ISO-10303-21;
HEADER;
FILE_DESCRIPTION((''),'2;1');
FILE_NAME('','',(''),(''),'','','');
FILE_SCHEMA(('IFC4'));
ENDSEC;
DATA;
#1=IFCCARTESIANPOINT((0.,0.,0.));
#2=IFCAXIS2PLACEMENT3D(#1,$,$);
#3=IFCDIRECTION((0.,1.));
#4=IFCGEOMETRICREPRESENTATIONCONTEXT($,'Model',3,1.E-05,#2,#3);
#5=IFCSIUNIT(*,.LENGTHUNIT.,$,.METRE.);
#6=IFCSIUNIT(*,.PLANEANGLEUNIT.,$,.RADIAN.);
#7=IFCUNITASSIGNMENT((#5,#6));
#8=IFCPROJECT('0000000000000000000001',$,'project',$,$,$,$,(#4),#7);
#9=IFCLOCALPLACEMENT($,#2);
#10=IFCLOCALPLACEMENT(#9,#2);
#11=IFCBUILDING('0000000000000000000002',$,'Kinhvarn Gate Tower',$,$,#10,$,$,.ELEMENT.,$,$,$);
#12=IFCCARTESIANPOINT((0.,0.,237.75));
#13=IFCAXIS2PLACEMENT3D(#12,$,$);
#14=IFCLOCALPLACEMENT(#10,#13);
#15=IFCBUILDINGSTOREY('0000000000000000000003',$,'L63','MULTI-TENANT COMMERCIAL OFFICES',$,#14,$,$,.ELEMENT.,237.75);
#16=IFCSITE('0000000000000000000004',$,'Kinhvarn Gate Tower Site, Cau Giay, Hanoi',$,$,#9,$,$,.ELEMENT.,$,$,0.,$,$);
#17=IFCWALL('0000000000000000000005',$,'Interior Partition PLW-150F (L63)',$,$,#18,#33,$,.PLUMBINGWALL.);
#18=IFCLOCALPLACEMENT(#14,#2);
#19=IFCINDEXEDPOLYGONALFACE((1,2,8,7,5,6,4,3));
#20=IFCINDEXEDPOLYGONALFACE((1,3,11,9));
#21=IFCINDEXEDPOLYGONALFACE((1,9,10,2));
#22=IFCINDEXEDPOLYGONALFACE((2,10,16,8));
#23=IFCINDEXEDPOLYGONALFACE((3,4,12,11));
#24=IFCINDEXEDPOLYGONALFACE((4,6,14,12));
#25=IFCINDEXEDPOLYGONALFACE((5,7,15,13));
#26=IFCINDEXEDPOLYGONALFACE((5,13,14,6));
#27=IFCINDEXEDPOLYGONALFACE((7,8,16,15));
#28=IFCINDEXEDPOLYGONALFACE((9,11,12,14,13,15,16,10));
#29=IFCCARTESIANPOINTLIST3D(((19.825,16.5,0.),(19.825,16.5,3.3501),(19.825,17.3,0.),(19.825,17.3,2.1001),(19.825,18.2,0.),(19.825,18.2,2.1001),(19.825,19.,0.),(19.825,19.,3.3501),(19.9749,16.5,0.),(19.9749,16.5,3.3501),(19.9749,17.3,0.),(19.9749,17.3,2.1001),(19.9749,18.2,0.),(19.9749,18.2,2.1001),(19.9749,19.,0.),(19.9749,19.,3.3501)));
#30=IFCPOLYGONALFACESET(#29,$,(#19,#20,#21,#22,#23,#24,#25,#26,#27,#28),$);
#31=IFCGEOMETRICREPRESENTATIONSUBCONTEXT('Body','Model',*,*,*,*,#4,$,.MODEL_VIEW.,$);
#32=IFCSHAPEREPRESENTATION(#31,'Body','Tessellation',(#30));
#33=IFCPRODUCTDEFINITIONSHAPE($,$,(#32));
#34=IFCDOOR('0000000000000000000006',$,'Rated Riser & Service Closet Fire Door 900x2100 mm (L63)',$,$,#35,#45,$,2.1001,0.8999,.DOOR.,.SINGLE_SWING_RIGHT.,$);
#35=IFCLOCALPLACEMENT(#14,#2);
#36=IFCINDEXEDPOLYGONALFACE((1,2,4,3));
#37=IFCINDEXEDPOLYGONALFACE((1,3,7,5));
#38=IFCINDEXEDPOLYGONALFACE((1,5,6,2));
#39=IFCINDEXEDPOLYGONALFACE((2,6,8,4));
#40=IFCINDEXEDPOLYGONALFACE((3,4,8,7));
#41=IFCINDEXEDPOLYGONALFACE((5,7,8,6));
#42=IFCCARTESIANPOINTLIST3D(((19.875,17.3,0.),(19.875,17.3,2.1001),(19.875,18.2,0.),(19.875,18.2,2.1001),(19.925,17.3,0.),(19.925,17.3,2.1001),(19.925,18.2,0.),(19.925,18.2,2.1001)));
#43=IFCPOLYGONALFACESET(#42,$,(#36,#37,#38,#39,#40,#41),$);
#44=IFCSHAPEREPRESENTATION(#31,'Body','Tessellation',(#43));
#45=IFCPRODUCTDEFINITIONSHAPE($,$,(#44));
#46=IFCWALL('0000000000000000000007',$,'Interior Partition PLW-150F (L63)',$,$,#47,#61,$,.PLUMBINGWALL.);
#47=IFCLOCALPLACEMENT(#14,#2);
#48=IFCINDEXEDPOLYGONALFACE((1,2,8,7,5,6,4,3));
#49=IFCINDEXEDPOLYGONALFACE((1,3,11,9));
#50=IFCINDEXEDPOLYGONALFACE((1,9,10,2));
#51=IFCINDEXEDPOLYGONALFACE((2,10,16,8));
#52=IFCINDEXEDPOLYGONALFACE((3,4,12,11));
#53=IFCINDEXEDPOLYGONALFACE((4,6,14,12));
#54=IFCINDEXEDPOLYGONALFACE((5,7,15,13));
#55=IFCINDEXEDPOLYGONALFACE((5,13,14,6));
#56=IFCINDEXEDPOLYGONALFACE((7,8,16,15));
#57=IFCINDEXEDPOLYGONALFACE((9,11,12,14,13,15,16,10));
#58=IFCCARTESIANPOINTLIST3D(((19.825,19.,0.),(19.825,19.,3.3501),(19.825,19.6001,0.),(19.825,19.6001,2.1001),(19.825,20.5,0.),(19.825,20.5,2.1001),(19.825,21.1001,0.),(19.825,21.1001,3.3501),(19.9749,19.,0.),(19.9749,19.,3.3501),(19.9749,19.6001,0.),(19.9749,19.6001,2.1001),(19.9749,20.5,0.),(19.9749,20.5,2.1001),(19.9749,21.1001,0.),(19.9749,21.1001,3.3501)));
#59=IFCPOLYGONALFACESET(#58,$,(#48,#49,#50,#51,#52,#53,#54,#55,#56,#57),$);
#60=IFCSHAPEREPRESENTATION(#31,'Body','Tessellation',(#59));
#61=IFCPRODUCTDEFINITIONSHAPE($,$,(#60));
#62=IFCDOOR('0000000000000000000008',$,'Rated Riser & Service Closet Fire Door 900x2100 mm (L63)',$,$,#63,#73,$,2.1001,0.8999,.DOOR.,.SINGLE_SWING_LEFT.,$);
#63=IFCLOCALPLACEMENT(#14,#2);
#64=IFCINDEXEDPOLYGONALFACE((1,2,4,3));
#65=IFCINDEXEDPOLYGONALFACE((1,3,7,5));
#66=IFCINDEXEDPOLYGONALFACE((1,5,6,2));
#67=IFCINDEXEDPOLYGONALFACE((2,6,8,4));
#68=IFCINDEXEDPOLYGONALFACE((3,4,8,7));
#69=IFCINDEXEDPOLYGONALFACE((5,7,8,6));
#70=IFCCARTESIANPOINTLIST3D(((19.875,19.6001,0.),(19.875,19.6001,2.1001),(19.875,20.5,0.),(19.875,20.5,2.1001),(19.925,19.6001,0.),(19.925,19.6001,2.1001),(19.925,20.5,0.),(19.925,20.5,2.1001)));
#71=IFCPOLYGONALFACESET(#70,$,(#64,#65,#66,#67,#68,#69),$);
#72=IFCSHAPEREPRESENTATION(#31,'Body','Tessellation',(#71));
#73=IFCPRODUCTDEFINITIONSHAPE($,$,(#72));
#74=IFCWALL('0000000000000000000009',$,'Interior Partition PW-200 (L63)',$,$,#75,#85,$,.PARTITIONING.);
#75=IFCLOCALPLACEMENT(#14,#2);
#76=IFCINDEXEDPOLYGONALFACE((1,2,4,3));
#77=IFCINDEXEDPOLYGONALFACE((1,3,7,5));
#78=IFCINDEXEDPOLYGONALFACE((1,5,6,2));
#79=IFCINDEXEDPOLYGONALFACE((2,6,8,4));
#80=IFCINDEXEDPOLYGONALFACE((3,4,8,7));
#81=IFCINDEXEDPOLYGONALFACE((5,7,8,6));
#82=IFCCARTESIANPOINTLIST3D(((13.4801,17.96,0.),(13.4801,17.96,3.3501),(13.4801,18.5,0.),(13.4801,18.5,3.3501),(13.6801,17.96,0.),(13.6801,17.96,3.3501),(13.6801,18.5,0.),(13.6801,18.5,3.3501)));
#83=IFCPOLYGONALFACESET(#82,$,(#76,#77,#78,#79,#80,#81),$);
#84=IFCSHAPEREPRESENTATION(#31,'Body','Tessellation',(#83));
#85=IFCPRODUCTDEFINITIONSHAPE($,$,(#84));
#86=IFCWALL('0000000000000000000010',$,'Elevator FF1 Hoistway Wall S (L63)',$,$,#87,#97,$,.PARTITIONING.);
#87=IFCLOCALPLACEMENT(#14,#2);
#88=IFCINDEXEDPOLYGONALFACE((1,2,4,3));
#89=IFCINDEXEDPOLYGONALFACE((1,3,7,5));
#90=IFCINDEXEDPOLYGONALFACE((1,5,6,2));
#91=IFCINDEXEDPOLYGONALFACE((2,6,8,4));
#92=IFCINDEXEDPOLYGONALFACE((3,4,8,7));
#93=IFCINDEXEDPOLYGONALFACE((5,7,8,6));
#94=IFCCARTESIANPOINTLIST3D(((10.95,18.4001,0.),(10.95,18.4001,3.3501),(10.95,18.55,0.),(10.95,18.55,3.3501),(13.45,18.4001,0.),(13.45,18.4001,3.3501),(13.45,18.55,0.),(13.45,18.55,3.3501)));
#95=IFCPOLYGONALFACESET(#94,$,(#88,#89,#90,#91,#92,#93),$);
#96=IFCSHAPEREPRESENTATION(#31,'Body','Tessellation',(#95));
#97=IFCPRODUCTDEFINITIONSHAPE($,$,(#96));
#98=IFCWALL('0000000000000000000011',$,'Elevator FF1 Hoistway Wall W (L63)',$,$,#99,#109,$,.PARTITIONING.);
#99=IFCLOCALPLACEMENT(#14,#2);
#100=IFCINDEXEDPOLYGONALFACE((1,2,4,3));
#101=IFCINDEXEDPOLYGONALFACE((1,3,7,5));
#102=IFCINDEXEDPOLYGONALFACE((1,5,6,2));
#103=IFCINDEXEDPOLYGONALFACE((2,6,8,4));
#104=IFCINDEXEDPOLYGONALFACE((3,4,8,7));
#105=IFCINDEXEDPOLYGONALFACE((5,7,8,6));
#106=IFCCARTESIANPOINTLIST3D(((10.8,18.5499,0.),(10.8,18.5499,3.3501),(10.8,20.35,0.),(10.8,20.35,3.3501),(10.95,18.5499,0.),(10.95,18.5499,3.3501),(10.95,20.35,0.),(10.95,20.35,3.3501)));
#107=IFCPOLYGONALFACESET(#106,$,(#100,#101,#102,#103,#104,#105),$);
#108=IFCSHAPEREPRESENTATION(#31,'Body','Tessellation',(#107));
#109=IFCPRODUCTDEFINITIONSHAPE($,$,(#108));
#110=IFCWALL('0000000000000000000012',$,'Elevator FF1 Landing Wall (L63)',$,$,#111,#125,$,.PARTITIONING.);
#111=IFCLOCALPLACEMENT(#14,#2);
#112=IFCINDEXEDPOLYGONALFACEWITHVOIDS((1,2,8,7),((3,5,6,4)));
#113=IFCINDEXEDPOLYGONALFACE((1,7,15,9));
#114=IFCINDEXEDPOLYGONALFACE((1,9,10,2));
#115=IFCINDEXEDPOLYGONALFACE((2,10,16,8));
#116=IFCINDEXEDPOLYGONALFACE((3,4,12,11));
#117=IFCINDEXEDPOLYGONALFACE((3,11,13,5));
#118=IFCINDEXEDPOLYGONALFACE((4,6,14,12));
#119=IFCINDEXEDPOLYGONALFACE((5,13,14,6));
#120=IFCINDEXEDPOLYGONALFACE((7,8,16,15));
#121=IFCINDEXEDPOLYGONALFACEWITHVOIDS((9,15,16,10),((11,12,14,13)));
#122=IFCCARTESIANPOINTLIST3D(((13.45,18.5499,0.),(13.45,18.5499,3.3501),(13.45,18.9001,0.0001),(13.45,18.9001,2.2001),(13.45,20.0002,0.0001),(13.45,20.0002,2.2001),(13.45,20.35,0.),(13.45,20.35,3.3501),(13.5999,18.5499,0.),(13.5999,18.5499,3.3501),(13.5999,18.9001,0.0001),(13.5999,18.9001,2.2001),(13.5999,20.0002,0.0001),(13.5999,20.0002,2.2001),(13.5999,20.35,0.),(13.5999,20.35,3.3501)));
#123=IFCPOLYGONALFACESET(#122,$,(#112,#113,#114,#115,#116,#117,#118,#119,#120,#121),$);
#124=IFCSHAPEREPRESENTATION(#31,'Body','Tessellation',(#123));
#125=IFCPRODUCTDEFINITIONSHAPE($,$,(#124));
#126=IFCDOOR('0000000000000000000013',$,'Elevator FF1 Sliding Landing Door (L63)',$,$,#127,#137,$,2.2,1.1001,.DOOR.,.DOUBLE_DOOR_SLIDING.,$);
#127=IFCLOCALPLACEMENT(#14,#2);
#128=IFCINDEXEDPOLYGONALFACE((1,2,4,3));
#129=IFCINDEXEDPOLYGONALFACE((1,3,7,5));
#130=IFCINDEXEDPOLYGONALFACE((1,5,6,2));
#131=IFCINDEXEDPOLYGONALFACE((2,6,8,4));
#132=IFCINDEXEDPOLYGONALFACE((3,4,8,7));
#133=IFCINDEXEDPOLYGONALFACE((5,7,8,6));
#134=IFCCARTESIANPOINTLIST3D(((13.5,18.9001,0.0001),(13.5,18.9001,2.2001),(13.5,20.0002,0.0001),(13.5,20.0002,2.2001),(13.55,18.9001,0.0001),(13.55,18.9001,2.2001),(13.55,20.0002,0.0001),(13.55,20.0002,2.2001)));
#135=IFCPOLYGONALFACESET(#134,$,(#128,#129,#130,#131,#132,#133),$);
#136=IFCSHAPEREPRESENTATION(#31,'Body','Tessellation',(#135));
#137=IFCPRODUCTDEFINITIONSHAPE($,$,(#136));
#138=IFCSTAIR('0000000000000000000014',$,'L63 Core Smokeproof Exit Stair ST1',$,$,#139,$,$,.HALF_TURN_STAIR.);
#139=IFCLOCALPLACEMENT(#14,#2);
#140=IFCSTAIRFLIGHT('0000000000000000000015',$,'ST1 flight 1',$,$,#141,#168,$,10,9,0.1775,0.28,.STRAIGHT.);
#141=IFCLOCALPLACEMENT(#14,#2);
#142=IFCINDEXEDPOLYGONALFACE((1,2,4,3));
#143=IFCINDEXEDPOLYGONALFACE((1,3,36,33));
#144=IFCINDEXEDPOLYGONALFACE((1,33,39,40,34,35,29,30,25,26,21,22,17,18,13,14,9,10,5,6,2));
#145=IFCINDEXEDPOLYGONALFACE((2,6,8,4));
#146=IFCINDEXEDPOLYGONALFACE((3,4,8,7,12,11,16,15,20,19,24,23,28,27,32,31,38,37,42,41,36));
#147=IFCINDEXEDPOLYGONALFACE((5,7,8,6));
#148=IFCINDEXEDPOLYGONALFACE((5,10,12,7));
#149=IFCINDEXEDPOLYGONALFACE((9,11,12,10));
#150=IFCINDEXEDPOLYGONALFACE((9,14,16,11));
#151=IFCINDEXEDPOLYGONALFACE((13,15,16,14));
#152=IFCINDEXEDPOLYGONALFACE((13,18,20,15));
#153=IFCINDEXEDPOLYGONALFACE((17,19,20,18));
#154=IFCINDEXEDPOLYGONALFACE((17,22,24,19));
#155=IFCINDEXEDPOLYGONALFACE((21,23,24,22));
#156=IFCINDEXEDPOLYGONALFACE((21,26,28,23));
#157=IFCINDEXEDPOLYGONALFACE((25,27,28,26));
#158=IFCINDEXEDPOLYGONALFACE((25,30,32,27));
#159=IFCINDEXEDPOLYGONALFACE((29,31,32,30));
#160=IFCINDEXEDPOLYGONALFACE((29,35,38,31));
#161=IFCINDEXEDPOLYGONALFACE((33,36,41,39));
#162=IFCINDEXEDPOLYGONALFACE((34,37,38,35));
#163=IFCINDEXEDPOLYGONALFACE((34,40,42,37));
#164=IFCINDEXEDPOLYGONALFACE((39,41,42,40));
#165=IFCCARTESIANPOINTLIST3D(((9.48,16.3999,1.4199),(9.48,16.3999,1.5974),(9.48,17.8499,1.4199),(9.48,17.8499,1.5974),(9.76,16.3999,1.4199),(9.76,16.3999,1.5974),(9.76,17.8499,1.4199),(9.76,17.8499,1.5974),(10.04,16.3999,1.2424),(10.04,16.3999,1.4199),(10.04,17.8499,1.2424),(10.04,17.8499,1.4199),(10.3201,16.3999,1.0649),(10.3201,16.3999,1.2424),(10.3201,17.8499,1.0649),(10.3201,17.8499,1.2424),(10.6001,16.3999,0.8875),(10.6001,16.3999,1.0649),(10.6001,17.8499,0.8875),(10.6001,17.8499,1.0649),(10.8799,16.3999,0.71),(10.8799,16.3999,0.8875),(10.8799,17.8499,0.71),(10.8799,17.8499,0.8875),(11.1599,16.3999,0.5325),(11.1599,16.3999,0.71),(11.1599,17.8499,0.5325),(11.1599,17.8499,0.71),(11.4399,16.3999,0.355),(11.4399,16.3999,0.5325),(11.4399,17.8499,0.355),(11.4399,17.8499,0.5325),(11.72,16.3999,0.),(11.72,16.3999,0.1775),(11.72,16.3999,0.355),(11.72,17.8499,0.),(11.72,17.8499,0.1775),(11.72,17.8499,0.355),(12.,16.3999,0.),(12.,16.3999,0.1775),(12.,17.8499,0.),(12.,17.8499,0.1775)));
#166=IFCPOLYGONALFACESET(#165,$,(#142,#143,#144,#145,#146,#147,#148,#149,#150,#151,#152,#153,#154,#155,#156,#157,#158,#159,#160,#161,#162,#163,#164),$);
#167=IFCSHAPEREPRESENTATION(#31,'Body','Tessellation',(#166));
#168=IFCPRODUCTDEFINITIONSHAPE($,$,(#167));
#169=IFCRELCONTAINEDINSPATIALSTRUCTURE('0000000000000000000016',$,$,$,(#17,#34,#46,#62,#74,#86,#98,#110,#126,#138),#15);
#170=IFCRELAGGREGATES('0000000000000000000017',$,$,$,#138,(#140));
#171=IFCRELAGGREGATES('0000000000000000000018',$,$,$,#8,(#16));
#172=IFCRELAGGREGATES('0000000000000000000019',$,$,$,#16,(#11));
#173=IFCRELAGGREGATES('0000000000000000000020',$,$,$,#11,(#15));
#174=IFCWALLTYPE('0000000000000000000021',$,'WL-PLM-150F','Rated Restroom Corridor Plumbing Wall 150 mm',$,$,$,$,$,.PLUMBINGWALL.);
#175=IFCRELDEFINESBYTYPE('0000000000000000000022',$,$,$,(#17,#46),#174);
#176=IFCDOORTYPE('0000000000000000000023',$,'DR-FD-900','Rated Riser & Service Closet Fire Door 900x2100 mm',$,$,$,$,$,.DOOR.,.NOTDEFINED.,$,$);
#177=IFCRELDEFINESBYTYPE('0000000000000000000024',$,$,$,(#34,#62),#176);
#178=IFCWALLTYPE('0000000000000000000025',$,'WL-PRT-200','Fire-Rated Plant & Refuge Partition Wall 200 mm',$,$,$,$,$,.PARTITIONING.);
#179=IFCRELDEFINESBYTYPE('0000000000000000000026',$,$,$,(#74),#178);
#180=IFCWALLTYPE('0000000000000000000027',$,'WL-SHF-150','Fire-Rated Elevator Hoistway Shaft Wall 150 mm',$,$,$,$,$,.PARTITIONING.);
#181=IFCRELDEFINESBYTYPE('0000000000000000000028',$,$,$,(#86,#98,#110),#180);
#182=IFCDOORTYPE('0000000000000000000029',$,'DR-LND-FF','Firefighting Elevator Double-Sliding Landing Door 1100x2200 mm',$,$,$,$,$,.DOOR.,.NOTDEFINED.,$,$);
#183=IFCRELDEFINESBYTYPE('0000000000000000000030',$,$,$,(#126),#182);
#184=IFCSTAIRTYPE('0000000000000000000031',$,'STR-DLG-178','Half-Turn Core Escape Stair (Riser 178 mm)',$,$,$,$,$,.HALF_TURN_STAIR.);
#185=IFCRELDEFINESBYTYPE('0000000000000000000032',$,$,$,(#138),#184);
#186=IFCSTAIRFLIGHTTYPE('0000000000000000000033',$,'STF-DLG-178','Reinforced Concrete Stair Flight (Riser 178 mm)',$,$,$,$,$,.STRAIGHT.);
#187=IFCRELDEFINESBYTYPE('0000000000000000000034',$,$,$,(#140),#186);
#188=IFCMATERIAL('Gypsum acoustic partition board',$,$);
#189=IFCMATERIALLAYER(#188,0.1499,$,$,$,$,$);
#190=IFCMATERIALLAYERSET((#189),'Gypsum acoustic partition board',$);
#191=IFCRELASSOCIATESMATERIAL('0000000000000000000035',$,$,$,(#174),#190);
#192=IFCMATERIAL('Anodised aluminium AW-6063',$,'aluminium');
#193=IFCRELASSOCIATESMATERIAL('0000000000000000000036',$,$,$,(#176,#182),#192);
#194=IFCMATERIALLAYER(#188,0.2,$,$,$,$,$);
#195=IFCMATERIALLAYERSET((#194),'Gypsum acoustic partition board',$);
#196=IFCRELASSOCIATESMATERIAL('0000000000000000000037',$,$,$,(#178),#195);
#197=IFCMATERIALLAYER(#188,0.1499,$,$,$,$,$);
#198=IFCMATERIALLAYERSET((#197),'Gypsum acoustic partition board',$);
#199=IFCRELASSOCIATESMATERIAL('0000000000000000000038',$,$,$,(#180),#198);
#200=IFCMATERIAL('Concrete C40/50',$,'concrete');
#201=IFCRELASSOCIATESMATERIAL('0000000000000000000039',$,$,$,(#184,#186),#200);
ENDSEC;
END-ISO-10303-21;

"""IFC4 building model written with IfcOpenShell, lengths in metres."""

from ifc_helpers import new_model, si_unit, direction, frame, frame_2d, origin, place, context, subcontext, project, spatial, polyline, rectangle, outline, extrude, material, layer, layer_set, type_object, element, fill, aggregate, save


model = new_model("IFC4")

# Units and contexts
model_context = context("Model", 3, precision=1e-05, world=origin(), true_north=direction((0.0, 1.0)))
body_context = subcontext(model_context, "Body", "Model", "MODEL_VIEW")
ifc_project = project(units=[si_unit("LENGTHUNIT", "METRE"), si_unit("PLANEANGLEUNIT", "RADIAN")], contexts=[model_context])

# Site, building, storey
site_placement = place(None, origin())
site = spatial("IfcSite", under=ifc_project, at=site_placement, Name="Kinhvarn Gate Tower Site, Cau Giay, Hanoi", CompositionType="ELEMENT", RefElevation=0.0)
building_placement = place(site_placement, origin())
building = spatial("IfcBuilding", under=site, at=building_placement, Name="Kinhvarn Gate Tower", CompositionType="ELEMENT")
storey_placement = place(building_placement, frame((0.0, 0.0, 237.75)))
storey = spatial("IfcBuildingStorey", under=building, at=storey_placement, Name="L63", Description="MULTI-TENANT COMMERCIAL OFFICES", CompositionType="ELEMENT", Elevation=237.75)

# Shared definitions
ifc_material_1 = material(Name="Anodised aluminium AW-6063", Category="aluminium")

# Shared definitions
ifc_material_2 = material(Name="Gypsum acoustic partition board")

# Walls, openings, doors
ifc_layer_1 = layer(ifc_material_2, 0.1499)
ifc_layer_set_1 = layer_set([ifc_layer_1], Name="Gypsum acoustic partition board")
wall_type_1 = type_object("IfcWallType", Name="WL-PLM-150F", Description="Rated Restroom Corridor Plumbing Wall 150 mm", PredefinedType="PLUMBINGWALL", material=ifc_layer_set_1)
door_type_1 = type_object("IfcDoorType", Name="DR-FD-900", Description="Rated Riser & Service Closet Fire Door 900x2100 mm", OperationType="NOTDEFINED", PredefinedType="DOOR", material=ifc_material_1)
wall_1_placement = place(storey_placement, frame((19.8999, 16.5, 0.0), z_axis=(0.0, 0.0, 1.0), x_axis=(0.0, 1.0, 0.0)))
wall_1 = element("IfcWall", 1, at=wall_1_placement, inside=storey, type_object=wall_type_1, Name="Interior Partition PLW-150F (L63)", PredefinedType="PLUMBINGWALL", context=body_context, shape_type="SweptSolid", body=[
    extrude(rectangle(XDim=2.5, YDim=0.1499, at=frame_2d((1.25, 0.0))), origin(), (0.0, 0.0, 1.0), 3.3501),
])
opening_1_placement = place(wall_1_placement, frame((0.8, 0.0, 0.0)))
opening_1 = element("IfcOpeningElement", 2, at=opening_1_placement, cuts=wall_1, PredefinedType="OPENING", context=body_context, shape_type="SweptSolid", body=[
    extrude(rectangle(XDim=0.8999, YDim=2.1001, at=frame_2d((0.45, 1.05))), frame((0.0, 0.085, 0.0), z_axis=(0.0, -1.0, 0.0), x_axis=(1.0, 0.0, 0.0)), (0.0, 0.0, 1.0), 0.1699),
])
door_1_placement = place(opening_1_placement, origin())
door_1 = element("IfcDoor", 3, at=door_1_placement, inside=storey, type_object=door_type_1, Name="Rated Riser & Service Closet Fire Door 900x2100 mm (L63)", OperationType="SINGLE_SWING_RIGHT", OverallHeight=2.1001, OverallWidth=0.8999, PredefinedType="DOOR", context=body_context, shape_type="SweptSolid", body=[
    extrude(rectangle(XDim=0.8999, YDim=2.1001, at=frame_2d((0.45, 1.05))), frame((0.0, 0.0249, 0.0), z_axis=(0.0, -1.0, 0.0), x_axis=(1.0, 0.0, 0.0)), (0.0, 0.0, 1.0), 0.05),
])
fill(opening_1, door_1)
wall_2_placement = place(storey_placement, frame((19.8999, 19.0, 0.0), z_axis=(0.0, 0.0, 1.0), x_axis=(0.0, 1.0, 0.0)))
wall_2 = element("IfcWall", 4, at=wall_2_placement, inside=storey, type_object=wall_type_1, Name="Interior Partition PLW-150F (L63)", PredefinedType="PLUMBINGWALL", context=body_context, shape_type="SweptSolid", body=[
    extrude(rectangle(XDim=2.1001, YDim=0.1499, at=frame_2d((1.05, 0.0))), origin(), (0.0, 0.0, 1.0), 3.3501),
])
opening_2_placement = place(wall_2_placement, frame((0.6001, 0.0, 0.0)))
opening_2 = element("IfcOpeningElement", 5, at=opening_2_placement, cuts=wall_2, PredefinedType="OPENING", context=body_context, shape_type="SweptSolid", body=[
    extrude(rectangle(XDim=0.8999, YDim=2.1001, at=frame_2d((0.45, 1.05))), frame((0.0, 0.085, 0.0), z_axis=(0.0, -1.0, 0.0), x_axis=(1.0, 0.0, 0.0)), (0.0, 0.0, 1.0), 0.1699),
])
door_2_placement = place(opening_2_placement, origin())
door_2 = element("IfcDoor", 6, at=door_2_placement, inside=storey, type_object=door_type_1, Name="Rated Riser & Service Closet Fire Door 900x2100 mm (L63)", OperationType="SINGLE_SWING_LEFT", OverallHeight=2.1001, OverallWidth=0.8999, PredefinedType="DOOR", context=body_context, shape_type="SweptSolid", body=[
    extrude(rectangle(XDim=0.8999, YDim=2.1001, at=frame_2d((0.45, 1.05))), frame((0.0, 0.0249, 0.0), z_axis=(0.0, -1.0, 0.0), x_axis=(1.0, 0.0, 0.0)), (0.0, 0.0, 1.0), 0.05),
])
fill(opening_2, door_2)

# Walls
ifc_layer_2 = layer(ifc_material_2, 0.2)
ifc_layer_set_2 = layer_set([ifc_layer_2], Name="Gypsum acoustic partition board")
wall_type_2 = type_object("IfcWallType", Name="WL-PRT-200", Description="Fire-Rated Plant & Refuge Partition Wall 200 mm", PredefinedType="PARTITIONING", material=ifc_layer_set_2)
wall_3_placement = place(storey_placement, frame((13.5801, 17.96, 0.0), z_axis=(0.0, 0.0, 1.0), x_axis=(0.0, 1.0, 0.0)))
element("IfcWall", 7, at=wall_3_placement, inside=storey, type_object=wall_type_2, Name="Interior Partition PW-200 (L63)", PredefinedType="PARTITIONING", context=body_context, shape_type="SweptSolid", body=[
    extrude(rectangle(XDim=0.54, YDim=0.2, at=frame_2d((0.27, 0.0))), origin(), (0.0, 0.0, 1.0), 3.3501),
])
ifc_layer_3 = layer(ifc_material_2, 0.1499)
ifc_layer_set_3 = layer_set([ifc_layer_3], Name="Gypsum acoustic partition board")
wall_type_3 = type_object("IfcWallType", Name="WL-SHF-150", Description="Fire-Rated Elevator Hoistway Shaft Wall 150 mm", PredefinedType="PARTITIONING", material=ifc_layer_set_3)
wall_4_placement = place(storey_placement, frame((10.95, 18.4751, 0.0), z_axis=(0.0, 0.0, 1.0), x_axis=(1.0, 0.0, 0.0)))
element("IfcWall", 8, at=wall_4_placement, inside=storey, type_object=wall_type_3, Name="Elevator FF1 Hoistway Wall S (L63)", PredefinedType="PARTITIONING", context=body_context, shape_type="SweptSolid", body=[
    extrude(rectangle(XDim=2.5, YDim=0.1499, at=frame_2d((1.25, 0.0))), origin(), (0.0, 0.0, 1.0), 3.3501),
])
wall_5_placement = place(storey_placement, frame((10.875, 18.55, 0.0), z_axis=(0.0, 0.0, 1.0), x_axis=(0.0, 1.0, 0.0)))
element("IfcWall", 9, at=wall_5_placement, inside=storey, type_object=wall_type_3, Name="Elevator FF1 Hoistway Wall W (L63)", PredefinedType="PARTITIONING", context=body_context, shape_type="SweptSolid", body=[
    extrude(rectangle(XDim=1.8, YDim=0.1499, at=frame_2d((0.8999, 0.0))), origin(), (0.0, 0.0, 1.0), 3.3501),
])

# Wall, opening, door
wall_6_placement = place(storey_placement, frame((13.5249, 18.55, 0.0), z_axis=(0.0, 0.0, 1.0), x_axis=(0.0, 1.0, 0.0)))
wall_6 = element("IfcWall", 10, at=wall_6_placement, inside=storey, type_object=wall_type_3, Name="Elevator FF1 Landing Wall (L63)", PredefinedType="PARTITIONING", context=body_context, shape_type="SweptSolid", body=[
    extrude(rectangle(XDim=1.8, YDim=0.1499, at=frame_2d((0.8999, 0.0))), origin(), (0.0, 0.0, 1.0), 3.3501),
])
opening_3_placement = place(wall_6_placement, frame((0.3501, 0.0, 0.0)))
opening_3 = element("IfcOpeningElement", 11, at=opening_3_placement, cuts=wall_6, PredefinedType="OPENING", context=body_context, shape_type="SweptSolid", body=[
    extrude(rectangle(XDim=1.1001, YDim=2.2, at=frame_2d((0.55, 1.1001))), frame((0.0, 0.085, 0.0), z_axis=(0.0, -1.0, 0.0), x_axis=(1.0, 0.0, 0.0)), (0.0, 0.0, 1.0), 0.1699),
])
door_type_2 = type_object("IfcDoorType", Name="DR-LND-FF", Description="Firefighting Elevator Double-Sliding Landing Door 1100x2200 mm", OperationType="NOTDEFINED", PredefinedType="DOOR", material=ifc_material_1)
door_3_placement = place(opening_3_placement, origin())
door_3 = element("IfcDoor", 12, at=door_3_placement, inside=storey, type_object=door_type_2, Name="Elevator FF1 Sliding Landing Door (L63)", OperationType="DOUBLE_DOOR_SLIDING", OverallHeight=2.2, OverallWidth=1.1001, PredefinedType="DOOR", context=body_context, shape_type="SweptSolid", body=[
    extrude(rectangle(XDim=1.1001, YDim=2.2, at=frame_2d((0.55, 1.1001))), frame((0.0, 0.0249, 0.0), z_axis=(0.0, -1.0, 0.0), x_axis=(1.0, 0.0, 0.0)), (0.0, 0.0, 1.0), 0.05),
])
fill(opening_3, door_3)
ifc_material_3 = material(Name="Concrete C40/50", Category="concrete")

# Stair, stair flight
stair_type = type_object("IfcStairType", Name="STR-DLG-178", Description="Half-Turn Core Escape Stair (Riser 178 mm)", PredefinedType="HALF_TURN_STAIR", material=ifc_material_3)
stair_placement = place(storey_placement, origin())
stair = element("IfcStair", 13, at=stair_placement, inside=storey, type_object=stair_type, Name="L63 Core Smokeproof Exit Stair ST1", PredefinedType="HALF_TURN_STAIR")
stair_flight_type = type_object("IfcStairFlightType", Name="STF-DLG-178", Description="Reinforced Concrete Stair Flight (Riser 178 mm)", PredefinedType="STRAIGHT", material=ifc_material_3)
stair_flight_placement = place(storey_placement, frame((12.0, 17.125, 0.0), z_axis=(0.0, 0.0, 1.0), x_axis=(-1.0, 0.0, 0.0)))
stair_flight = element("IfcStairFlight", 14, at=stair_flight_placement, type_object=stair_flight_type, Name="ST1 flight 1", NumberOfRisers=10, NumberOfTreads=9, PredefinedType="STRAIGHT", RiserHeight=0.1775, TreadLength=0.28, context=body_context, shape_type="SweptSolid", body=[
    extrude(outline(polyline([(0.0, 0.0), (0.0, 0.1775), (0.28, 0.1775), (0.28, 0.355), (0.5601, 0.355), (0.5601, 0.5325), (0.8401, 0.5325), (0.8401, 0.71), (1.1201, 0.71), (1.1201, 0.8875), (1.3999, 0.8875), (1.3999, 1.0649), (1.6799, 1.0649), (1.6799, 1.2424), (1.96, 1.2424), (1.96, 1.4199), (2.24, 1.4199), (2.24, 1.5974), (2.52, 1.5974), (2.52, 1.7749), (2.52, 1.4199), (0.28, 0.0), (0.0, 0.0)])), frame((0.0, 0.7251, 0.0), z_axis=(0.0, -1.0, 0.0), x_axis=(1.0, 0.0, 0.0)), (0.0, 0.0, 1.0), 1.45),
])
aggregate(stair, [stair_flight])

save(model, "model.ifc")
